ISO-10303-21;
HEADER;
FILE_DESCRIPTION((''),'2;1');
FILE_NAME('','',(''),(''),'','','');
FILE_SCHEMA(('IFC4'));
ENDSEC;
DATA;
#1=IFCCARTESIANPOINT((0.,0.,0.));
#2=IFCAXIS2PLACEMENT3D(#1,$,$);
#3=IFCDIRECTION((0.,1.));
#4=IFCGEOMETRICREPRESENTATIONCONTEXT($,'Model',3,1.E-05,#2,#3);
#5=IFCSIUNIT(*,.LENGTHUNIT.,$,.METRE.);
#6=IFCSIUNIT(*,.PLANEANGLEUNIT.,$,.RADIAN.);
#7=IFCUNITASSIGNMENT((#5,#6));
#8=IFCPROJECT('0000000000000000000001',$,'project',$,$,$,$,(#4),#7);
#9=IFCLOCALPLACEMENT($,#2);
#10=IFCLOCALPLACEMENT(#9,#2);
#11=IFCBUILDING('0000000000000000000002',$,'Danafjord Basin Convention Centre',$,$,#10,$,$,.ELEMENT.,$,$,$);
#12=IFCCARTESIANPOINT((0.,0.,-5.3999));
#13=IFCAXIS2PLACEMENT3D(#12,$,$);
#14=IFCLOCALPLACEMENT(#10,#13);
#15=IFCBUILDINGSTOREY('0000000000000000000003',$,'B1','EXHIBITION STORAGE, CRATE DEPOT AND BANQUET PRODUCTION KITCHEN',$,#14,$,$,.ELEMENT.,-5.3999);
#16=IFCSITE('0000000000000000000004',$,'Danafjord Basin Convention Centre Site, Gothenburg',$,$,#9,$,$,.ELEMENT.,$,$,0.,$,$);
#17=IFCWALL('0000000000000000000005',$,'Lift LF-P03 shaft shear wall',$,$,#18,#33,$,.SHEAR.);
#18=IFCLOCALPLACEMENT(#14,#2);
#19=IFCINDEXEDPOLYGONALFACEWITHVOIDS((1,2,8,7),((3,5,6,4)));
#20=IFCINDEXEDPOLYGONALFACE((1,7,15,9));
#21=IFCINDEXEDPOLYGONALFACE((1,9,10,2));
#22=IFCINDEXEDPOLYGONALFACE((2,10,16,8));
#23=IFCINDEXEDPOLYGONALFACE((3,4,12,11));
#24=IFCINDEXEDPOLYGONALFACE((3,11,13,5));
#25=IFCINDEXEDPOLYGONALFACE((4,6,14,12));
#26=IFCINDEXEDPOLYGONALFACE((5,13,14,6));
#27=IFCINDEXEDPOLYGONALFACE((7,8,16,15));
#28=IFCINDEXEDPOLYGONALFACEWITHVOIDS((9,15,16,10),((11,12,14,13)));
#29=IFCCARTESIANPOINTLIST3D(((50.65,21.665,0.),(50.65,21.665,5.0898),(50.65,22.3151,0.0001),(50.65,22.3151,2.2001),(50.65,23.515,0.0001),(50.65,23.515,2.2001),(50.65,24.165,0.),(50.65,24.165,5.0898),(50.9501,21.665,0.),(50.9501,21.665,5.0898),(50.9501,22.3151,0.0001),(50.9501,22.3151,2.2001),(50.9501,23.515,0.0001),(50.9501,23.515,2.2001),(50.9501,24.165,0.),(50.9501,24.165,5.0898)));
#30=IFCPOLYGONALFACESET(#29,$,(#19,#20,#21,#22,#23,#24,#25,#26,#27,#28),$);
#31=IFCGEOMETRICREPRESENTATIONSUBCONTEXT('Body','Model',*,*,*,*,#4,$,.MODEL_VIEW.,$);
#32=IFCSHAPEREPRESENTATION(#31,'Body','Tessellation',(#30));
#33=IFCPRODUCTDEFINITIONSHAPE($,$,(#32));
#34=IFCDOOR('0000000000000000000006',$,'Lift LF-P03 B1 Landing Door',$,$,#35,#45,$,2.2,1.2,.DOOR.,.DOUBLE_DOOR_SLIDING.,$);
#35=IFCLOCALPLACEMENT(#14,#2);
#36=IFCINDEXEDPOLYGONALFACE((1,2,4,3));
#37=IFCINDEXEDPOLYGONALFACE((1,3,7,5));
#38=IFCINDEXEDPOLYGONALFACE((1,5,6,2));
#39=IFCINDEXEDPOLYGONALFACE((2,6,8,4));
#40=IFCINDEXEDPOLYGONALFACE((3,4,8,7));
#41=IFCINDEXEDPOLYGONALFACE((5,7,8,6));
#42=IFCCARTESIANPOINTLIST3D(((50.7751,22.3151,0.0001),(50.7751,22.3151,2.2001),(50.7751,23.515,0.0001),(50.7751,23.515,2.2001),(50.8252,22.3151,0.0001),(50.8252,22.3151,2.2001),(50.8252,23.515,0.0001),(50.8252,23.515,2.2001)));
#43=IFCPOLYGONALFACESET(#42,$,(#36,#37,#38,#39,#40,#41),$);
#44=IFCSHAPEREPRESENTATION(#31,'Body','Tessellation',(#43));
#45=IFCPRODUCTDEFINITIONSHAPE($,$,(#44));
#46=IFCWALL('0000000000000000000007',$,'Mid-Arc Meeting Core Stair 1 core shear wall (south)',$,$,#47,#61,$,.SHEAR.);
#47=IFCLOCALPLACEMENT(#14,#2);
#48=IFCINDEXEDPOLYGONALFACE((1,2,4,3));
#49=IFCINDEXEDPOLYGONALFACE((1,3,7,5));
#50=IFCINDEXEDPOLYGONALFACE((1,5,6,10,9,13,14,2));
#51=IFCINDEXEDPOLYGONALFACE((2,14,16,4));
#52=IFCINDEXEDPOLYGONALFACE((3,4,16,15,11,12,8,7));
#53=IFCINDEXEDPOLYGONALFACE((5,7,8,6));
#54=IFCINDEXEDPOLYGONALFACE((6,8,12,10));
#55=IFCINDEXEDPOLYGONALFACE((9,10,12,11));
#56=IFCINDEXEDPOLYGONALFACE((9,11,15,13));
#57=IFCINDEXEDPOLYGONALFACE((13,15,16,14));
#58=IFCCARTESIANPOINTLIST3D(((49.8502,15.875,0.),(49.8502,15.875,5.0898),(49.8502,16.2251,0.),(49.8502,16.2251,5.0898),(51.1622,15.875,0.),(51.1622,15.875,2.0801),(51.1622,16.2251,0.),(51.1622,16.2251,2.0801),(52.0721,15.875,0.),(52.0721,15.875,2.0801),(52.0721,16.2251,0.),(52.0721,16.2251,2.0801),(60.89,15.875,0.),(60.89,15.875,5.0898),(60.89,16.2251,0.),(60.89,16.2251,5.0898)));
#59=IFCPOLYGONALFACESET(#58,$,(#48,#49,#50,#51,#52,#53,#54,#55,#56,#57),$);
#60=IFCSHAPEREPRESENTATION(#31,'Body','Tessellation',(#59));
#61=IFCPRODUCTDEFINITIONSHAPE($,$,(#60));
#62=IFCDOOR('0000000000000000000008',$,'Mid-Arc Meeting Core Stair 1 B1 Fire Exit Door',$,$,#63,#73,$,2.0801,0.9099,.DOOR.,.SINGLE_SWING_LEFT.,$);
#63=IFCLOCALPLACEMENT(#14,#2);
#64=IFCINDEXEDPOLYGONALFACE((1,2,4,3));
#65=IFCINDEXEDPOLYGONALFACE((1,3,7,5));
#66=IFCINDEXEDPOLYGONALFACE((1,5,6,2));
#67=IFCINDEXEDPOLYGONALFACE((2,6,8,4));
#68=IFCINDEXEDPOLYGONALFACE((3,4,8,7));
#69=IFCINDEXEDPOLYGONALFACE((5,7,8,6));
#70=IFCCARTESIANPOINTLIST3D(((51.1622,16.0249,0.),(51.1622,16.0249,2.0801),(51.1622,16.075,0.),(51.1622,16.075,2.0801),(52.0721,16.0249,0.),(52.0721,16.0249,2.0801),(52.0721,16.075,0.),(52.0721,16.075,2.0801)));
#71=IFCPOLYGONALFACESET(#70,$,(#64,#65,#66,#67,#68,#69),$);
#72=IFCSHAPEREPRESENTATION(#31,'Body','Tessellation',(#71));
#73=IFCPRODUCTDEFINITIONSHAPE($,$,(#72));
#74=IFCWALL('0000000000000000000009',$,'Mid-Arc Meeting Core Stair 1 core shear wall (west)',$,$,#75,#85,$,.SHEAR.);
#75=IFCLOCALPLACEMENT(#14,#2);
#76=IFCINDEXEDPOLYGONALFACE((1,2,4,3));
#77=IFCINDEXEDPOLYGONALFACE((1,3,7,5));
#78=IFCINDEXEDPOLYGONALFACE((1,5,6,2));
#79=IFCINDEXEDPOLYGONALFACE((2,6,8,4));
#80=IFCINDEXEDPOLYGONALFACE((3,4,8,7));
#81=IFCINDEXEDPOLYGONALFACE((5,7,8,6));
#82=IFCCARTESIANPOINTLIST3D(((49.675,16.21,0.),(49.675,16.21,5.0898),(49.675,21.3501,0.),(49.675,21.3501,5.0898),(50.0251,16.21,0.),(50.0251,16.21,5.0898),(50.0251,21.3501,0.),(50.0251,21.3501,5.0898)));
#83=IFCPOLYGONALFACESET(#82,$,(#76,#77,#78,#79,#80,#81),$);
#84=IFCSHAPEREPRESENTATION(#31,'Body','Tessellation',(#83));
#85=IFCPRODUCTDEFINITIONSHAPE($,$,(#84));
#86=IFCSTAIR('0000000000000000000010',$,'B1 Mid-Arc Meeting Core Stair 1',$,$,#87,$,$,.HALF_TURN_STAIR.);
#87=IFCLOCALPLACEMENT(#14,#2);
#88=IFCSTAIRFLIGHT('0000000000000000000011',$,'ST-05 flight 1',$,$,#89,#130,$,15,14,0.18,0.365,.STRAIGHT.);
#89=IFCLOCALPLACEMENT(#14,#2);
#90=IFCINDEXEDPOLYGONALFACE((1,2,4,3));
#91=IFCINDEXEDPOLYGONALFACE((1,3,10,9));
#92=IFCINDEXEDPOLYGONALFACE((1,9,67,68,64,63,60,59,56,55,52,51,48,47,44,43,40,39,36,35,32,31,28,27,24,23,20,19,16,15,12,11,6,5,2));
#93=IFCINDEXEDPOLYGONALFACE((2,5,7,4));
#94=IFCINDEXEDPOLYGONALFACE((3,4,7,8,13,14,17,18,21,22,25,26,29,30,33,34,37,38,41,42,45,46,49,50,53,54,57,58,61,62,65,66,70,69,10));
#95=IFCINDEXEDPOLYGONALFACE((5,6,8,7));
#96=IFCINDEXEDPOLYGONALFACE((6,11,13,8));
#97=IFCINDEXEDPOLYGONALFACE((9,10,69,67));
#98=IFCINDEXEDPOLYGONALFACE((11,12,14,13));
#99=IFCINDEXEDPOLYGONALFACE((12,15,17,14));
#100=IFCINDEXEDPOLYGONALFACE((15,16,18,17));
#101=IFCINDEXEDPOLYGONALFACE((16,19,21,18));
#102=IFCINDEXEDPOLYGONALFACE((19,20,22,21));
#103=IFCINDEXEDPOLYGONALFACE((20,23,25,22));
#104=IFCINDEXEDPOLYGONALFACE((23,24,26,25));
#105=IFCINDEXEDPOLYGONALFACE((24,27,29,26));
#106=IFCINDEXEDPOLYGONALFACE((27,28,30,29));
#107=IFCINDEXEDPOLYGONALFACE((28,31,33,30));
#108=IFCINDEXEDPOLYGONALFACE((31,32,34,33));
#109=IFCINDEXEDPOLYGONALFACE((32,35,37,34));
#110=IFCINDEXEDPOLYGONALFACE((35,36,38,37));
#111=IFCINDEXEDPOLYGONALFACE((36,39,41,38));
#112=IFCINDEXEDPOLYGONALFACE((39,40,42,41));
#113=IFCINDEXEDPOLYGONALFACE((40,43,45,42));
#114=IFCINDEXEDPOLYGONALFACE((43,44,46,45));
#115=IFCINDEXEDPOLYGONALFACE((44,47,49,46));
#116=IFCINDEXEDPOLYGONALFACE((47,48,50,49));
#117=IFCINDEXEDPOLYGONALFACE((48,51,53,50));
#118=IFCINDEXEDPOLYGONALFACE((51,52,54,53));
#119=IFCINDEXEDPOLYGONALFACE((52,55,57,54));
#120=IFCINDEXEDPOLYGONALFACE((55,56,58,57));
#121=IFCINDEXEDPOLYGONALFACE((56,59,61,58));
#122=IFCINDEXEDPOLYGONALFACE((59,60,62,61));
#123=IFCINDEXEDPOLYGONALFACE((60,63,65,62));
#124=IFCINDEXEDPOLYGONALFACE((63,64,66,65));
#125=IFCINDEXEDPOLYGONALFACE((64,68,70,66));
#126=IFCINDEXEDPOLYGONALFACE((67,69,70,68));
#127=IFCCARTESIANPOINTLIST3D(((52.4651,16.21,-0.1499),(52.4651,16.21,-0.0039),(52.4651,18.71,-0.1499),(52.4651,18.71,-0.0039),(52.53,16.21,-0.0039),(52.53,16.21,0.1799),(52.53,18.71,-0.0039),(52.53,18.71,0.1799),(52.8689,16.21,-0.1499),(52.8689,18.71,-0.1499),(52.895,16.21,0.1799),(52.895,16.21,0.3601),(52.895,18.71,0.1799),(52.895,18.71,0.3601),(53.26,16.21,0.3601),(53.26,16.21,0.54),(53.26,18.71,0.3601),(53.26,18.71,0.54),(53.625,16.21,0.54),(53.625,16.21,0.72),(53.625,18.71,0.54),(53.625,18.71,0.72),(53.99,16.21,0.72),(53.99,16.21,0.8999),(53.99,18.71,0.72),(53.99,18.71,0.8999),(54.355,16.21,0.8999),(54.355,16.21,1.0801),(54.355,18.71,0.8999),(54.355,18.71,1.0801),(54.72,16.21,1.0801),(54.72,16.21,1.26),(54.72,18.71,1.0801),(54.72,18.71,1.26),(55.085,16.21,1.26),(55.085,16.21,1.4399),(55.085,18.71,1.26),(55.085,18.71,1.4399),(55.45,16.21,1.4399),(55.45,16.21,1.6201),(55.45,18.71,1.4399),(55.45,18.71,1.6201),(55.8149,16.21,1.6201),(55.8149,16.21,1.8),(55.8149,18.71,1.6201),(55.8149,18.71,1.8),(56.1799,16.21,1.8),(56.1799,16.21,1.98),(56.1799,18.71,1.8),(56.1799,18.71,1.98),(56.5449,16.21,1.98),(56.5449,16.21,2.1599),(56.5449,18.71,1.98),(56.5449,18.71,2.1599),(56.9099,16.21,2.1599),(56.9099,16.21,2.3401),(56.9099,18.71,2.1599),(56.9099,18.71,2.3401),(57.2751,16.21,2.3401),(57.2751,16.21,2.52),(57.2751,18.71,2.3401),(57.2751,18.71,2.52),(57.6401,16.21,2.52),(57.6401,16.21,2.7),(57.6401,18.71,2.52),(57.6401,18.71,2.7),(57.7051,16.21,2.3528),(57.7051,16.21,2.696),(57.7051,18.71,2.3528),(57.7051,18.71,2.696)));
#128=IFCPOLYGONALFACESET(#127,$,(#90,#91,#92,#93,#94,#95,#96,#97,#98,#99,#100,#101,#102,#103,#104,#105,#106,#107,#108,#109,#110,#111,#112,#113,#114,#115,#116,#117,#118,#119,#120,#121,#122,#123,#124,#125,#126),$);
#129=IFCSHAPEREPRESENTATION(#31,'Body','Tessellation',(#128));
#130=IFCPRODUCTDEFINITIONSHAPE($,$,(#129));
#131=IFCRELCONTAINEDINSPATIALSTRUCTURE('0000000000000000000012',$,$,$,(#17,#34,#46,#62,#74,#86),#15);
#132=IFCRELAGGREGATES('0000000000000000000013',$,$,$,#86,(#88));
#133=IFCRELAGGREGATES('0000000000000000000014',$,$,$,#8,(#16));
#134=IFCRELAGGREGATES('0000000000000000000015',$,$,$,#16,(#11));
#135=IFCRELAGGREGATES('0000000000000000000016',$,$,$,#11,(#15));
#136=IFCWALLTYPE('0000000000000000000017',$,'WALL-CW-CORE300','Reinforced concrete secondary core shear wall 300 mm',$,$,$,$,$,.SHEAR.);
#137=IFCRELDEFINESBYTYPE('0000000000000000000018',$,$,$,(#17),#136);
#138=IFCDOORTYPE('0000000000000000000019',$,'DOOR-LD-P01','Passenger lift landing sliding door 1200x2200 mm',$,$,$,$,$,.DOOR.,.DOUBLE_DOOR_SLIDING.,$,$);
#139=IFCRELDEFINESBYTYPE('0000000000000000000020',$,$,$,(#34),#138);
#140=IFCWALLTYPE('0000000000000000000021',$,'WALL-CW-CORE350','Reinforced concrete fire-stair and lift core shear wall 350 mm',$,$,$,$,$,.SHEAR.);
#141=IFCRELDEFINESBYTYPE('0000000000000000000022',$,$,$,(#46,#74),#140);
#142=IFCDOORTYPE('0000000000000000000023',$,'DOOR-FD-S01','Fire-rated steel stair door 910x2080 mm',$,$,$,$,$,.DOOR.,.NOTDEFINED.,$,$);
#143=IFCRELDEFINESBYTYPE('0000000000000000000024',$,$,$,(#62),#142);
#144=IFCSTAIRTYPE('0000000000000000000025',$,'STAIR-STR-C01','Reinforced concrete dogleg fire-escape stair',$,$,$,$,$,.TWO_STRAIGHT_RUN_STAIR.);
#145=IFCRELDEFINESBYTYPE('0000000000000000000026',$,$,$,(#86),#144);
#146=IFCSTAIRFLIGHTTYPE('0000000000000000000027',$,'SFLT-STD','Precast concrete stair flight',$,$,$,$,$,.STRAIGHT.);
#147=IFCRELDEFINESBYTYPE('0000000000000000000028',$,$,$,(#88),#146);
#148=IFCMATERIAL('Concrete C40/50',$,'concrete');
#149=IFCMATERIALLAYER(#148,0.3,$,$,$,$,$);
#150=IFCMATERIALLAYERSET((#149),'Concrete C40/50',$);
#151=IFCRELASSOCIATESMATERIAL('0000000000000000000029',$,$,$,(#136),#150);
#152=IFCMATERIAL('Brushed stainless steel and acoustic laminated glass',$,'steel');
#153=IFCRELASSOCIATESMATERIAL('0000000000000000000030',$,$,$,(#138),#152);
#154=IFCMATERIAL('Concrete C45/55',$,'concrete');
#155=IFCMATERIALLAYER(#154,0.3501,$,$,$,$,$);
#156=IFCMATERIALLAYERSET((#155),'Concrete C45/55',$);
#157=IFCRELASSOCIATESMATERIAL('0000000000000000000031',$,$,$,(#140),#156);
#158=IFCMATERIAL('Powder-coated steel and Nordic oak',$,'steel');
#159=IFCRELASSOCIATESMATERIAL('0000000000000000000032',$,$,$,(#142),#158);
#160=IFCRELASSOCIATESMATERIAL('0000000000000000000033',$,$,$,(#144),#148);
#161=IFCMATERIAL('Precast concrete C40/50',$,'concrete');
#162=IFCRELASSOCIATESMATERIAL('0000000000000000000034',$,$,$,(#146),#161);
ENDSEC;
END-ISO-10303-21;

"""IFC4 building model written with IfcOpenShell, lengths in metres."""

from ifc_helpers import new_model, si_unit, direction, frame, frame_2d, origin, place, context, subcontext, project, spatial, polyline, rectangle, outline, extrude, material, layer, layer_set, type_object, element, fill, aggregate, save


model = new_model("IFC4")

# Units and contexts
model_context = context("Model", 3, precision=1e-05, world=origin(), true_north=direction((0.0, 1.0)))
body_context = subcontext(model_context, "Body", "Model", "MODEL_VIEW")
ifc_project = project(units=[si_unit("LENGTHUNIT", "METRE"), si_unit("PLANEANGLEUNIT", "RADIAN")], contexts=[model_context])

# Site, building, storey
site_placement = place(None, origin())
site = spatial("IfcSite", under=ifc_project, at=site_placement, Name="Danafjord Basin Convention Centre Site, Gothenburg", CompositionType="ELEMENT", RefElevation=0.0)
building_placement = place(site_placement, origin())
building = spatial("IfcBuilding", under=site, at=building_placement, Name="Danafjord Basin Convention Centre", CompositionType="ELEMENT")
storey_placement = place(building_placement, frame((0.0, 0.0, -5.3999)))
storey = spatial("IfcBuildingStorey", under=building, at=storey_placement, Name="B1", Description="EXHIBITION STORAGE, CRATE DEPOT AND BANQUET PRODUCTION KITCHEN", CompositionType="ELEMENT", Elevation=-5.3999)

# Shared definitions
ifc_material_1 = material(Name="Concrete C40/50", Category="concrete")

# Shared definitions
ifc_layer_1 = layer(ifc_material_1, 0.3)
ifc_layer_set_1 = layer_set([ifc_layer_1], Name="Concrete C40/50")
wall_type_1 = type_object("IfcWallType", Name="WALL-CW-CORE300", Description="Reinforced concrete secondary core shear wall 300 mm", PredefinedType="SHEAR", material=ifc_layer_set_1)

# Walls, openings, doors
wall_1_placement = place(storey_placement, frame((50.8, 21.665, 0.0), z_axis=(0.0, 0.0, 1.0), x_axis=(0.0, 1.0, 0.0)))
wall_1 = element("IfcWall", 1, at=wall_1_placement, inside=storey, type_object=wall_type_1, Name="Lift LF-P03 shaft shear wall", PredefinedType="SHEAR", context=body_context, shape_type="SweptSolid", body=[
    extrude(rectangle(XDim=2.5, YDim=0.3, at=frame_2d((1.25, 0.0))), origin(), (0.0, 0.0, 1.0), 5.0898),
])
opening_1_placement = place(wall_1_placement, frame((0.6499, 0.0, 0.0)))
opening_1 = element("IfcOpeningElement", 2, at=opening_1_placement, cuts=wall_1, PredefinedType="OPENING", context=body_context, shape_type="SweptSolid", body=[
    extrude(rectangle(XDim=1.2, YDim=2.2, at=frame_2d((0.6001, 1.1001))), frame((0.0, 0.1599, 0.0), z_axis=(0.0, -1.0, 0.0), x_axis=(1.0, 0.0, 0.0)), (0.0, 0.0, 1.0), 0.3201),
])
ifc_material_2 = material(Name="Brushed stainless steel and acoustic laminated glass", Category="steel")
door_type_1 = type_object("IfcDoorType", Name="DOOR-LD-P01", Description="Passenger lift landing sliding door 1200x2200 mm", OperationType="DOUBLE_DOOR_SLIDING", PredefinedType="DOOR", material=ifc_material_2)
door_1_placement = place(opening_1_placement, origin())
door_1 = element("IfcDoor", 3, at=door_1_placement, inside=storey, type_object=door_type_1, Name="Lift LF-P03 B1 Landing Door", OperationType="DOUBLE_DOOR_SLIDING", OverallHeight=2.2, OverallWidth=1.2, PredefinedType="DOOR", context=body_context, shape_type="SweptSolid", body=[
    extrude(rectangle(XDim=1.2, YDim=2.2, at=frame_2d((0.6001, 1.1001))), frame((0.0, 0.0249, 0.0), z_axis=(0.0, -1.0, 0.0), x_axis=(1.0, 0.0, 0.0)), (0.0, 0.0, 1.0), 0.05),
])
fill(opening_1, door_1)
ifc_material_3 = material(Name="Concrete C45/55", Category="concrete")
ifc_layer_2 = layer(ifc_material_3, 0.3501)
ifc_layer_set_2 = layer_set([ifc_layer_2], Name="Concrete C45/55")
wall_type_2 = type_object("IfcWallType", Name="WALL-CW-CORE350", Description="Reinforced concrete fire-stair and lift core shear wall 350 mm", PredefinedType="SHEAR", material=ifc_layer_set_2)
wall_2_placement = place(storey_placement, frame((49.8501, 16.05, 0.0), z_axis=(0.0, 0.0, 1.0), x_axis=(1.0, 0.0, 0.0)))
wall_2 = element("IfcWall", 4, at=wall_2_placement, inside=storey, type_object=wall_type_2, Name="Mid-Arc Meeting Core Stair 1 core shear wall (south)", PredefinedType="SHEAR", context=body_context, shape_type="SweptSolid", body=[
    extrude(rectangle(XDim=11.0398, YDim=0.3501, at=frame_2d((5.52, 0.0))), origin(), (0.0, 0.0, 1.0), 5.0898),
])
opening_2_placement = place(wall_2_placement, frame((1.312, 0.0, 0.0)))
opening_2 = element("IfcOpeningElement", 5, at=opening_2_placement, cuts=wall_2, PredefinedType="OPENING", context=body_context, shape_type="SweptSolid", body=[
    extrude(rectangle(XDim=0.9099, YDim=2.0801, at=frame_2d((0.4551, 1.04))), frame((0.0, 0.1851, 0.0), z_axis=(0.0, -1.0, 0.0), x_axis=(1.0, 0.0, 0.0)), (0.0, 0.0, 1.0), 0.3701),
])
ifc_material_4 = material(Name="Powder-coated steel and Nordic oak", Category="steel")
door_type_2 = type_object("IfcDoorType", Name="DOOR-FD-S01", Description="Fire-rated steel stair door 910x2080 mm", OperationType="NOTDEFINED", PredefinedType="DOOR", material=ifc_material_4)
door_2_placement = place(opening_2_placement, origin())
door_2 = element("IfcDoor", 6, at=door_2_placement, inside=storey, type_object=door_type_2, Name="Mid-Arc Meeting Core Stair 1 B1 Fire Exit Door", OperationType="SINGLE_SWING_LEFT", OverallHeight=2.0801, OverallWidth=0.9099, PredefinedType="DOOR", context=body_context, shape_type="SweptSolid", body=[
    extrude(rectangle(XDim=0.9099, YDim=2.0801, at=frame_2d((0.4551, 1.04))), frame((0.0, 0.0249, 0.0), z_axis=(0.0, -1.0, 0.0), x_axis=(1.0, 0.0, 0.0)), (0.0, 0.0, 1.0), 0.05),
])
fill(opening_2, door_2)

# Wall
wall_3_placement = place(storey_placement, frame((49.8501, 21.3501, 0.0), z_axis=(0.0, 0.0, 1.0), x_axis=(0.0, -1.0, 0.0)))
element("IfcWall", 7, at=wall_3_placement, inside=storey, type_object=wall_type_2, Name="Mid-Arc Meeting Core Stair 1 core shear wall (west)", PredefinedType="SHEAR", context=body_context, shape_type="SweptSolid", body=[
    extrude(rectangle(XDim=5.1401, YDim=0.3501, at=frame_2d((2.5701, 0.0))), origin(), (0.0, 0.0, 1.0), 5.0898),
])

# Stair, stair flight
stair_type = type_object("IfcStairType", Name="STAIR-STR-C01", Description="Reinforced concrete dogleg fire-escape stair", PredefinedType="TWO_STRAIGHT_RUN_STAIR", material=ifc_material_1)
stair_placement = place(storey_placement, origin())
stair = element("IfcStair", 8, at=stair_placement, inside=storey, type_object=stair_type, Name="B1 Mid-Arc Meeting Core Stair 1", PredefinedType="HALF_TURN_STAIR")
ifc_material_5 = material(Name="Precast concrete C40/50", Category="concrete")
stair_flight_type = type_object("IfcStairFlightType", Name="SFLT-STD", Description="Precast concrete stair flight", PredefinedType="STRAIGHT", material=ifc_material_5)
stair_flight_placement = place(storey_placement, frame((52.53, 17.46, 0.0), z_axis=(0.0, 0.0, 1.0), x_axis=(1.0, 0.0, 0.0)))
stair_flight = element("IfcStairFlight", 9, at=stair_flight_placement, type_object=stair_flight_type, Name="ST-05 flight 1", NumberOfRisers=15, NumberOfTreads=14, PredefinedType="STRAIGHT", RiserHeight=0.18, TreadLength=0.365, context=body_context, shape_type="SweptSolid", body=[
    extrude(outline(polyline([(-0.0649, -0.1499), (-0.0649, -0.0039), (0.0, -0.0039), (0.0, 0.1799), (0.365, 0.1799), (0.365, 0.3601), (0.73, 0.3601), (0.73, 0.54), (1.095, 0.54), (1.095, 0.72), (1.46, 0.72), (1.46, 0.8999), (1.825, 0.8999), (1.825, 1.0801), (2.1899, 1.0801), (2.1899, 1.26), (2.5549, 1.26), (2.5549, 1.4399), (2.9199, 1.4399), (2.9199, 1.6201), (3.2849, 1.6201), (3.2849, 1.8), (3.6499, 1.8), (3.6499, 1.98), (4.0149, 1.98), (4.0149, 2.1599), (4.3799, 2.1599), (4.3799, 2.3401), (4.7451, 2.3401), (4.7451, 2.52), (5.1101, 2.52), (5.1101, 2.7), (5.175, 2.696), (5.175, 2.3528), (0.3389, -0.1499), (-0.0649, -0.1499)])), frame((0.0, 1.25, 0.0), z_axis=(0.0, -1.0, 0.0), x_axis=(1.0, 0.0, 0.0)), (0.0, 0.0, 1.0), 2.5),
])
aggregate(stair, [stair_flight])

save(model, "model.ifc")
